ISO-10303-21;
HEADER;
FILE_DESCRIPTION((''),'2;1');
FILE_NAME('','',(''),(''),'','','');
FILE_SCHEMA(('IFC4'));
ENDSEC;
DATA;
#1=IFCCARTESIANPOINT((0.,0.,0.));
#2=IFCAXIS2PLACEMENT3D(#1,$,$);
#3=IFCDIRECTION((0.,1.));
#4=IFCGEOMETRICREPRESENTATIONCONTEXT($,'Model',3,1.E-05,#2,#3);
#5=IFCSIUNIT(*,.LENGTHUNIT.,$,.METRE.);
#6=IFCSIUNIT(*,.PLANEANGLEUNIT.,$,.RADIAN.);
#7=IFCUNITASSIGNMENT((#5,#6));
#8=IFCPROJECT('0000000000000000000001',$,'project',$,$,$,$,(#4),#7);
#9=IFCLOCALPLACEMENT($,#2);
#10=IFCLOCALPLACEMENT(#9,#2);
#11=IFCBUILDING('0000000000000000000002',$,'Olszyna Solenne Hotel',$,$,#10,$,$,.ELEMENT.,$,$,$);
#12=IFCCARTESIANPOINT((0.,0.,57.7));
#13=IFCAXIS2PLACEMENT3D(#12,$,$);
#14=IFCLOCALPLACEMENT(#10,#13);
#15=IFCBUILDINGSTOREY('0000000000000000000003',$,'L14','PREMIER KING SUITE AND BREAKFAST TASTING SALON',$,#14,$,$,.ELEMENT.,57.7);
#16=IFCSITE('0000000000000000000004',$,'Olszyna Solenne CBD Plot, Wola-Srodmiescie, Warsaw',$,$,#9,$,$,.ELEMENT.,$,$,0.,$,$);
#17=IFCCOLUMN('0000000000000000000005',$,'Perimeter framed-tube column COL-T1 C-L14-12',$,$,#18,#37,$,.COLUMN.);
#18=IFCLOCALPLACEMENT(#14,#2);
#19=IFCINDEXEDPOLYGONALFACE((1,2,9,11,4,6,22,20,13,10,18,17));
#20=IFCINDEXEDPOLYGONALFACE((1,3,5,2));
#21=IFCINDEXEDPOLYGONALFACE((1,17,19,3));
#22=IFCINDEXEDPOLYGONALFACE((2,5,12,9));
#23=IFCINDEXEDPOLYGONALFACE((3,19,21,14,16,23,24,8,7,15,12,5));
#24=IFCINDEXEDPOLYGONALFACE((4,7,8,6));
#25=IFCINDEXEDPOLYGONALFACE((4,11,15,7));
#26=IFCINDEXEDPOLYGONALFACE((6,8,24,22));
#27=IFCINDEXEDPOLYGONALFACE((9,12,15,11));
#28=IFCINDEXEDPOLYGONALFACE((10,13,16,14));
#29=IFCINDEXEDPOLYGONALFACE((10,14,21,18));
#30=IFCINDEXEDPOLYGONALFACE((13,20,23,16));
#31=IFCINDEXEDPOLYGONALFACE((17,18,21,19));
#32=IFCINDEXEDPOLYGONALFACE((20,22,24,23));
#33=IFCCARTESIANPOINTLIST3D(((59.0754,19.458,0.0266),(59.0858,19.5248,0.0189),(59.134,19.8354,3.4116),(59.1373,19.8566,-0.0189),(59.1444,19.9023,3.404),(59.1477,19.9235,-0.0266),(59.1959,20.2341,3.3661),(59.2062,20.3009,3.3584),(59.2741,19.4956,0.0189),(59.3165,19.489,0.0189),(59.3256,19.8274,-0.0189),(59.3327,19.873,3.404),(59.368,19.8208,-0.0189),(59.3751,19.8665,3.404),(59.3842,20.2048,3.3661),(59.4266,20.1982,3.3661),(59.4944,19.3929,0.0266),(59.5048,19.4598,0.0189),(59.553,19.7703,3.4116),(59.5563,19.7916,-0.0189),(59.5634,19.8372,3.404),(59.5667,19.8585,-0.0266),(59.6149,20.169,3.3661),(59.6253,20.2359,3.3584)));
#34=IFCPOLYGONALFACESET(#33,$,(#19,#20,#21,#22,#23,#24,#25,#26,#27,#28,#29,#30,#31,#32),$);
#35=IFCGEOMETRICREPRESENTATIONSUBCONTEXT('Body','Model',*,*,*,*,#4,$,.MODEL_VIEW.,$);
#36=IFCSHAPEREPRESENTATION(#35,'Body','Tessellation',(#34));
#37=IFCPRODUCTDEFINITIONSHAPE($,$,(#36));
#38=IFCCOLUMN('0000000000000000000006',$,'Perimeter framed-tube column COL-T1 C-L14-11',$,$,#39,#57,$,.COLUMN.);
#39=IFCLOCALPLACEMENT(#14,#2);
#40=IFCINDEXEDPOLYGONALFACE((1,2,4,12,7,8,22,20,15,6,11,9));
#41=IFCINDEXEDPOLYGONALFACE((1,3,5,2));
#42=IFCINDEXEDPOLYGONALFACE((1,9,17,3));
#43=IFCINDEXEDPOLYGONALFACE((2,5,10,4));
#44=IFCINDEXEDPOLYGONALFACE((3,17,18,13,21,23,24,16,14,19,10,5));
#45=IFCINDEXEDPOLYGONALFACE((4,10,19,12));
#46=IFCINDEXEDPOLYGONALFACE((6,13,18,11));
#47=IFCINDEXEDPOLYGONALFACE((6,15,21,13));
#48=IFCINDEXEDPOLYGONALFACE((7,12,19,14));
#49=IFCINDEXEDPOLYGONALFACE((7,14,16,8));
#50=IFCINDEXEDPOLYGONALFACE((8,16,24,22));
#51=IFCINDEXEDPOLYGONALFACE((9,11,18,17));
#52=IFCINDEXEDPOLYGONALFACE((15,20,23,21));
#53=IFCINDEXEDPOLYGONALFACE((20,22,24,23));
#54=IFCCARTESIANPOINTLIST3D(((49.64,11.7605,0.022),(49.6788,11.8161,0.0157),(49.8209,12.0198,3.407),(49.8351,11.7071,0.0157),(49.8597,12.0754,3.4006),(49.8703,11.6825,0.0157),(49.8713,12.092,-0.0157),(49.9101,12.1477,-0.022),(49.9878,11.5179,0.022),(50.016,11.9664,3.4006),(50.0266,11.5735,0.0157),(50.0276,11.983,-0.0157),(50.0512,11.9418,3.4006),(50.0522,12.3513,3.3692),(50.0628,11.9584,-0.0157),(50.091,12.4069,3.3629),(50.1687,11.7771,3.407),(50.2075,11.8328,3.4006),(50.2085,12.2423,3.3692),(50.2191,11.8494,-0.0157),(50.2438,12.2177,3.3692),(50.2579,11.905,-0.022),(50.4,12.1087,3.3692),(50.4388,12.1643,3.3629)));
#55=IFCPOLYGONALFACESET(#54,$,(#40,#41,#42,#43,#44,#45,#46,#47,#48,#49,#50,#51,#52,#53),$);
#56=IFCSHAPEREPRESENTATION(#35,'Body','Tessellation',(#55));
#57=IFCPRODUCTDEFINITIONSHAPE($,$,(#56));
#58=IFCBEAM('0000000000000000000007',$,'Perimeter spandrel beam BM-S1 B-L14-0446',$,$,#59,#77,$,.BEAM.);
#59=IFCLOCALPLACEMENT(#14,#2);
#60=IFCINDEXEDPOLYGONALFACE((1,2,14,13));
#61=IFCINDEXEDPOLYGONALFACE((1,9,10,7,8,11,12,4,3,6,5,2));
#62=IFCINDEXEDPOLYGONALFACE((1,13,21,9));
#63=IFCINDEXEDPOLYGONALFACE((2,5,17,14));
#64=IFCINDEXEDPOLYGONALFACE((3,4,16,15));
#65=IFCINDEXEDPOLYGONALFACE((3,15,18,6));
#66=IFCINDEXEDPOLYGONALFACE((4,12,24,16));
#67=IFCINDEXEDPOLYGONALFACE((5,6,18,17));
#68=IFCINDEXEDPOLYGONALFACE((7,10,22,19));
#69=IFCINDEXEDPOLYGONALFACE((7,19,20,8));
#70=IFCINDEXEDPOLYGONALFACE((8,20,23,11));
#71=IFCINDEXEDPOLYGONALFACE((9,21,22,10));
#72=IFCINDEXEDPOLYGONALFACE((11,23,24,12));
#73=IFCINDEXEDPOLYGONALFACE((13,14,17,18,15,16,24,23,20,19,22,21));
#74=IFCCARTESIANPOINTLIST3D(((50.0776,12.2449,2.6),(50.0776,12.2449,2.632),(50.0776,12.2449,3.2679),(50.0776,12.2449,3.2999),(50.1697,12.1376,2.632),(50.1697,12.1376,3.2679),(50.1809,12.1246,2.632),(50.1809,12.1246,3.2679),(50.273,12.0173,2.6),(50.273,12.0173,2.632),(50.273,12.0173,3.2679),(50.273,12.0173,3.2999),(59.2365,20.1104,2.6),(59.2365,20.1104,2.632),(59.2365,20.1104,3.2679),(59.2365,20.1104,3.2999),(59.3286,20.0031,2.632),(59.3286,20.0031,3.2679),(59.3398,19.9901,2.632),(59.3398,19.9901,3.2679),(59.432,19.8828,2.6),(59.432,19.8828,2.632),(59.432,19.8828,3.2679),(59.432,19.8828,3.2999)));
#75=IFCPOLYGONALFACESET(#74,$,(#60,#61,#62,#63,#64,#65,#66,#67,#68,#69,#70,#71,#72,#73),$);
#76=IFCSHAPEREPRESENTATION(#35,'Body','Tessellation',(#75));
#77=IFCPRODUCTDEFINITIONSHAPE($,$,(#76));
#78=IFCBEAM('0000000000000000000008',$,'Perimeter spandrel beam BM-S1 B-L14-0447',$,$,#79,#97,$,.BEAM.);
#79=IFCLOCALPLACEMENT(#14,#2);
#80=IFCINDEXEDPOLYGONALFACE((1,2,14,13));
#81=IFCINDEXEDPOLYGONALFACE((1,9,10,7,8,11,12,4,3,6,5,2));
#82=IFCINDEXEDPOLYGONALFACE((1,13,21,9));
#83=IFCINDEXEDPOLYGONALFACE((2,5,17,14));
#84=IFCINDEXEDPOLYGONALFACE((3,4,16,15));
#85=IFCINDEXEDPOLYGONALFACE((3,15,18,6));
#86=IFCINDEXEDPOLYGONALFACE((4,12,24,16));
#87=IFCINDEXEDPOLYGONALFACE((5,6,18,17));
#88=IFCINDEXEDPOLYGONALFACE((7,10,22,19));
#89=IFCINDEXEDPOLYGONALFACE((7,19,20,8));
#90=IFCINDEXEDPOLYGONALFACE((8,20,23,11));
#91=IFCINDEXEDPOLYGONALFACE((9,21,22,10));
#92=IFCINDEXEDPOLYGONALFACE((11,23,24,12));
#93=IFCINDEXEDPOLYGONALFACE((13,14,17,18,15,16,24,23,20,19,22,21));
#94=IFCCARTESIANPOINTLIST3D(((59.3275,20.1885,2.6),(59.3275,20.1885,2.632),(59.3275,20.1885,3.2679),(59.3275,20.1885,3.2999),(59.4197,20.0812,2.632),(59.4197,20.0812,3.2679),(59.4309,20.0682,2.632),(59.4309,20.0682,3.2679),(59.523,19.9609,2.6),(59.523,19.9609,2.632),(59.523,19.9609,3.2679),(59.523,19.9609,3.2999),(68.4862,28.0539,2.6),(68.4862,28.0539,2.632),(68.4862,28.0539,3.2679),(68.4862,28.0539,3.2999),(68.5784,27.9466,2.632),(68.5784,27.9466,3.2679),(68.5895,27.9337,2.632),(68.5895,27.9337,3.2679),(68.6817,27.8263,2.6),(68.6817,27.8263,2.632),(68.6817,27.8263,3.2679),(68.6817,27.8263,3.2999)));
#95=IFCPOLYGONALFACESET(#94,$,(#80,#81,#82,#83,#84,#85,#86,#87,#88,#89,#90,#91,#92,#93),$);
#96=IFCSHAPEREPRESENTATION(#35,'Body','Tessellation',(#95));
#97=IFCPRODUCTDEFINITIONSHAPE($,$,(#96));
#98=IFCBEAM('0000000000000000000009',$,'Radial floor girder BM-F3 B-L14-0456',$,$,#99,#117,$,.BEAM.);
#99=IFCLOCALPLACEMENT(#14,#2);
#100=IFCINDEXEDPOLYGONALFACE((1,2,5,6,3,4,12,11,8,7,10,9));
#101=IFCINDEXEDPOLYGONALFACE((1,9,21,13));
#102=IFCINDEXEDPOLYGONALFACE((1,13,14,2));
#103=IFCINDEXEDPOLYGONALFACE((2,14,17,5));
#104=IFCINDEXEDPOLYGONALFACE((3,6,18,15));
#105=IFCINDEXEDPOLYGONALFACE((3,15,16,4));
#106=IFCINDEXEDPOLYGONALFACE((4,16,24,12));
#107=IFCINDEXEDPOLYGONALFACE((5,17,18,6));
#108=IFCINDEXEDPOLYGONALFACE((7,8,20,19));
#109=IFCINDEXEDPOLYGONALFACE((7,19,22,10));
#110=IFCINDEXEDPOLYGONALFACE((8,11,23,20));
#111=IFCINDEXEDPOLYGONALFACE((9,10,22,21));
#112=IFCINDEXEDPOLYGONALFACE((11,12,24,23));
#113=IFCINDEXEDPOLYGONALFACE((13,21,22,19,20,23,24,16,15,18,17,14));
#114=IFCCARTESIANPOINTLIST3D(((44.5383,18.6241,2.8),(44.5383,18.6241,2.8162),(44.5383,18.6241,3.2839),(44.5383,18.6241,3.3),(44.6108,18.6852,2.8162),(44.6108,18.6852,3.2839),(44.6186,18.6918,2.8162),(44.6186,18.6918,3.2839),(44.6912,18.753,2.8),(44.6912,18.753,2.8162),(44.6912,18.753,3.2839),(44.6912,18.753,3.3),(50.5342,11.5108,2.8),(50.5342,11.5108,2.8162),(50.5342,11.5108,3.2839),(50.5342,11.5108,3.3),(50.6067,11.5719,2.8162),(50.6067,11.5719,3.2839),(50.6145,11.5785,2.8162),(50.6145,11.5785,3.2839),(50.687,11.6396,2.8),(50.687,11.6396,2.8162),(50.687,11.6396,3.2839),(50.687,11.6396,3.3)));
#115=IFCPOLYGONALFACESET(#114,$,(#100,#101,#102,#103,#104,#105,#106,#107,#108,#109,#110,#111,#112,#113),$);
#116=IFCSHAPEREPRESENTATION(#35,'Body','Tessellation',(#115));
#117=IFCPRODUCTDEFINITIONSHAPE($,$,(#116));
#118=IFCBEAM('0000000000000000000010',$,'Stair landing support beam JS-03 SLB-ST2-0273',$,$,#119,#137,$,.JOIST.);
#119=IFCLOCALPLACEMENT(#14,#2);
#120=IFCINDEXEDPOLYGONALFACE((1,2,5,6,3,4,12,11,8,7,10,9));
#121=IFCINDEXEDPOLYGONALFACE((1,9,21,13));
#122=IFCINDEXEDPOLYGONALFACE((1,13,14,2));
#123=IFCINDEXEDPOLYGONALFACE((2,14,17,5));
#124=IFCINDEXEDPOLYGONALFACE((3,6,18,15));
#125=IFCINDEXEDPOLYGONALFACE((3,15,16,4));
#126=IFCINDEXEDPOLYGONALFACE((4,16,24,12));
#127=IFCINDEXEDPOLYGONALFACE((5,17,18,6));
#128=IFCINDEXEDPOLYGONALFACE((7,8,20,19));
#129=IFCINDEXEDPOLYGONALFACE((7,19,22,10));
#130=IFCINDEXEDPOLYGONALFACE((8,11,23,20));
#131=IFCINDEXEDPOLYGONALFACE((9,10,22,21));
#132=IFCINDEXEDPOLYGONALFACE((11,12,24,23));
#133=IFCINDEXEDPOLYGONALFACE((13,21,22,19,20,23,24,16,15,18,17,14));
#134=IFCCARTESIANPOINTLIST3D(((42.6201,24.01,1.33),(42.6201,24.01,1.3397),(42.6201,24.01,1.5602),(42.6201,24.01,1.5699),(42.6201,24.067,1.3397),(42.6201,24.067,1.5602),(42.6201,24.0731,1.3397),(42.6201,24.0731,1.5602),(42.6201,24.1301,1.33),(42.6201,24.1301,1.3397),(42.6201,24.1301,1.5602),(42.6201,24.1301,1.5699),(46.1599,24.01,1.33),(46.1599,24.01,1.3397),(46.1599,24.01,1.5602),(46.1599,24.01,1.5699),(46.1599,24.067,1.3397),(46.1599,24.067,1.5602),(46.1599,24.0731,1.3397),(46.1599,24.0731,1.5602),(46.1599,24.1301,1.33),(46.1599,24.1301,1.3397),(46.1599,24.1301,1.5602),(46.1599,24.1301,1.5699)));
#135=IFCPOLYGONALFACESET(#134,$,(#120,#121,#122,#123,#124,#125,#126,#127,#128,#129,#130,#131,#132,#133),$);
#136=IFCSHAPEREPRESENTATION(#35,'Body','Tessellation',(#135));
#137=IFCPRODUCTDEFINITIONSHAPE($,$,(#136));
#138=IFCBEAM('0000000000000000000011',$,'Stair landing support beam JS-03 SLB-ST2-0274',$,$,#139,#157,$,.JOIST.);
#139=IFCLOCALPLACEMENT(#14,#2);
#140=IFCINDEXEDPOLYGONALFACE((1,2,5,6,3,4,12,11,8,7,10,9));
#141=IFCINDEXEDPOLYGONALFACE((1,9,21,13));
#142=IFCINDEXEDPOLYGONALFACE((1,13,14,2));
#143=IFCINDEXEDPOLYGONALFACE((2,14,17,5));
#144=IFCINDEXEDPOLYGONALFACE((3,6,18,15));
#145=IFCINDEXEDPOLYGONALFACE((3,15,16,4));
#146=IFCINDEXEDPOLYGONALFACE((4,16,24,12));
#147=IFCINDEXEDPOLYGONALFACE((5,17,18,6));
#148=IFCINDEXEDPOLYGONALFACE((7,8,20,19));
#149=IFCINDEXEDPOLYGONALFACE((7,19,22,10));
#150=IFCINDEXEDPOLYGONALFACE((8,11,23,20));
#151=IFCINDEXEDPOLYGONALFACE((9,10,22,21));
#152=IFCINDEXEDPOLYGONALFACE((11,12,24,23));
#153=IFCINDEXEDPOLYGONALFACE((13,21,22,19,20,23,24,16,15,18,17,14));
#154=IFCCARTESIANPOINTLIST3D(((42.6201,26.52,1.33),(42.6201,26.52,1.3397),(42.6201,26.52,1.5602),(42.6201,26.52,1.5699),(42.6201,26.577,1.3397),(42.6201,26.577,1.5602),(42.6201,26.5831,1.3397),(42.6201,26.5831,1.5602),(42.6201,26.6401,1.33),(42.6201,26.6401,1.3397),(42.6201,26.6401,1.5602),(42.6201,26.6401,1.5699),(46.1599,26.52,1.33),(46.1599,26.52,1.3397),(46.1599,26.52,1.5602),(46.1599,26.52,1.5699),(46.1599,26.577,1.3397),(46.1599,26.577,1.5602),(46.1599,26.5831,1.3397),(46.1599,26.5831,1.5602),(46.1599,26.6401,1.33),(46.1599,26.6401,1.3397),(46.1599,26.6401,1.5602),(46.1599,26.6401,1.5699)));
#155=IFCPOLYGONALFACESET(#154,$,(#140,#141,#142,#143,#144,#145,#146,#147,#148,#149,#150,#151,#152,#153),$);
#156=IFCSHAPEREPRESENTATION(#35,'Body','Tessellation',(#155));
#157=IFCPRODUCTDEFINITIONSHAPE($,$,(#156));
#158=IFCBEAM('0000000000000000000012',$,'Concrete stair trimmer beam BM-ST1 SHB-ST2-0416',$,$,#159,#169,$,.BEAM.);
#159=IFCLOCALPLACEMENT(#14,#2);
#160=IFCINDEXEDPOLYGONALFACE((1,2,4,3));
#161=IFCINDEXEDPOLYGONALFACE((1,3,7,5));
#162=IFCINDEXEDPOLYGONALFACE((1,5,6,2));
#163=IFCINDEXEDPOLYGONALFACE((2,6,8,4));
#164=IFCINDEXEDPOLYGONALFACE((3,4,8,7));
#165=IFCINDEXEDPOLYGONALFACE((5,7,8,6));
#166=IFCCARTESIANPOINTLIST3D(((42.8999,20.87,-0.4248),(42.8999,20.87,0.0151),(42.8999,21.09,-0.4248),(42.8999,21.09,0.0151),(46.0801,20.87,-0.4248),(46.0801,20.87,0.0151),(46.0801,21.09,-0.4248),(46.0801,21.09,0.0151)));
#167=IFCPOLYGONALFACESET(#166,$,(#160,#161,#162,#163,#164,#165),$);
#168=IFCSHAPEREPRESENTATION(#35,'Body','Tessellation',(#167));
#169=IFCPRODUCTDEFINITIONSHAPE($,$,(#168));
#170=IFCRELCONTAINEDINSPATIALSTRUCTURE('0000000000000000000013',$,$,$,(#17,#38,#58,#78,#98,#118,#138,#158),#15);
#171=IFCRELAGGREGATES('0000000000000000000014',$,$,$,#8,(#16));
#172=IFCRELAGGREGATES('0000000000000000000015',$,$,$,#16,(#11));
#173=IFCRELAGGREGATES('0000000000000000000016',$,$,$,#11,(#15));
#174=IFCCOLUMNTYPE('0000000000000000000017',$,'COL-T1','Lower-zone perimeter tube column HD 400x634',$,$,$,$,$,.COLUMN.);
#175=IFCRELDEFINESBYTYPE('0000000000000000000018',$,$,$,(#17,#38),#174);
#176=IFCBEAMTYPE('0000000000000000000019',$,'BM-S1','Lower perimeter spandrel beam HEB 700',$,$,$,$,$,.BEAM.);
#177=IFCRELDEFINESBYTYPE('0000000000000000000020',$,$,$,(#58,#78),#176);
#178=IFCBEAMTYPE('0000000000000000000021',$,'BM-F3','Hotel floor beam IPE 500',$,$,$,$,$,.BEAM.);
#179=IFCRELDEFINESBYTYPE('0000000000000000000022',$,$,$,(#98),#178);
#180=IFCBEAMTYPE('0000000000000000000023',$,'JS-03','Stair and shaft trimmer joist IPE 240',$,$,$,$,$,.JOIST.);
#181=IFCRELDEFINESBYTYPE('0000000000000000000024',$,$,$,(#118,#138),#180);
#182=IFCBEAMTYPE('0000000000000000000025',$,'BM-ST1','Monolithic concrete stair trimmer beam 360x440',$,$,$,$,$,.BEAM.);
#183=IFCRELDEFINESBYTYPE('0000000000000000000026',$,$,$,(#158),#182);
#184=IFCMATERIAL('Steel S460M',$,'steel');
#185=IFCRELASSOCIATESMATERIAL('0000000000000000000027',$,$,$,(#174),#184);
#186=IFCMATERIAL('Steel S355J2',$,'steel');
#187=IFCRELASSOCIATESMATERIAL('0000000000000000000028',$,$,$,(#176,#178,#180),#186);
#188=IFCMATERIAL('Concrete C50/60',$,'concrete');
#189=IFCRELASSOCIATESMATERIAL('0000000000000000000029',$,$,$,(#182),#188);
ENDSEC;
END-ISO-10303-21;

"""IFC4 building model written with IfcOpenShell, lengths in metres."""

from ifc_helpers import new_model, si_unit, direction, frame, origin, origin_2d, place, context, subcontext, project, spatial, rectangle, i_section, extrude, source, transform, mapped, material, material_profile, profile_set, type_object, element, save


model = new_model("IFC4")

# Units and contexts
model_context = context("Model", 3, precision=1e-05, world=origin(), true_north=direction((0.0, 1.0)))
body_context = subcontext(model_context, "Body", "Model", "MODEL_VIEW")
ifc_project = project(units=[si_unit("LENGTHUNIT", "METRE"), si_unit("PLANEANGLEUNIT", "RADIAN")], contexts=[model_context])

# Site, building, storey
site_placement = place(None, origin())
site = spatial("IfcSite", under=ifc_project, at=site_placement, Name="Olszyna Solenne CBD Plot, Wola-Srodmiescie, Warsaw", CompositionType="ELEMENT", RefElevation=0.0)
building_placement = place(site_placement, origin())
building = spatial("IfcBuilding", under=site, at=building_placement, Name="Olszyna Solenne Hotel", CompositionType="ELEMENT")
storey_placement = place(building_placement, frame((0.0, 0.0, 57.7)))
storey = spatial("IfcBuildingStorey", under=building, at=storey_placement, Name="L14", Description="PREMIER KING SUITE AND BREAKFAST TASTING SALON", CompositionType="ELEMENT", Elevation=57.7)

# Columns
ifc_material_1 = material(Name="Steel S460M", Category="steel")
ifc_material_profile_1 = material_profile(ifc_material_1, i_section(OverallWidth=0.4241, OverallDepth=0.4741, WebThickness=0.043, FlangeThickness=0.0681, at=origin_2d()), Name="HD 400x634", Category="load-bearing")
ifc_profile_set_1 = profile_set([ifc_material_profile_1], Name="Steel S460M")
column_type = type_object("IfcColumnType", Name="COL-T1", Description="Lower-zone perimeter tube column HD 400x634", PredefinedType="COLUMN", material=ifc_profile_set_1)
shared_shape_1 = source(origin(), body_context, "Body", "SweptSolid", [
    extrude(i_section(OverallWidth=0.4241, OverallDepth=0.4741, WebThickness=0.043, FlangeThickness=0.0681, at=origin_2d()), origin(), (0.0, 0.0, 1.0), 3.4065),
])
column_1_placement = place(storey_placement, frame((59.321, 19.6582, 0.0), z_axis=(0.017201, 0.110801, 0.993694), x_axis=(-0.988164, 0.153402, 0.0)))
element("IfcColumn", 1, at=column_1_placement, inside=storey, type_object=column_type, Name="Perimeter framed-tube column COL-T1 C-L14-12", PredefinedType="COLUMN", context=body_context, shape_type="MappedRepresentation", body=[
    mapped(shared_shape_1, transform((0.0, 0.0, 0.0), x_axis=(1.0, 0.0, 0.0), y_axis=(0.0, 1.0, 0.0), z_axis=(0.0, 0.0, 1.0), scale=1.0)),
])
shared_shape_2 = source(origin(), body_context, "Body", "SweptSolid", [
    extrude(i_section(OverallWidth=0.4241, OverallDepth=0.4741, WebThickness=0.043, FlangeThickness=0.0681, at=origin_2d()), origin(), (0.0, 0.0, 1.0), 3.3997),
])
column_2_placement = place(storey_placement, frame((49.949, 11.8328, 0.0), z_axis=(0.053212, 0.076264, 0.995667), x_axis=(-0.820102, 0.572218, 0.0)))
element("IfcColumn", 2, at=column_2_placement, inside=storey, type_object=column_type, Name="Perimeter framed-tube column COL-T1 C-L14-11", PredefinedType="COLUMN", context=body_context, shape_type="MappedRepresentation", body=[
    mapped(shared_shape_2, transform((0.0, 0.0, 0.0), x_axis=(1.0, 0.0, 0.0), y_axis=(0.0, 1.0, 0.0), z_axis=(0.0, 0.0, 1.0), scale=1.0)),
])

# Beams
ifc_material_2 = material(Name="Steel S355J2", Category="steel")
ifc_material_profile_2 = material_profile(ifc_material_2, i_section(OverallWidth=0.3, OverallDepth=0.7, WebThickness=0.0171, FlangeThickness=0.032, at=origin_2d()), Name="HEB 700", Category="load-bearing")
ifc_profile_set_2 = profile_set([ifc_material_profile_2], Name="Steel S355J2")
beam_type_1 = type_object("IfcBeamType", Name="BM-S1", Description="Lower perimeter spandrel beam HEB 700", PredefinedType="BEAM", material=ifc_profile_set_2)
shared_shape_3 = source(origin(), body_context, "Body", "SweptSolid", [
    extrude(i_section(OverallWidth=0.3, OverallDepth=0.7, WebThickness=0.0171, FlangeThickness=0.032, at=origin_2d()), origin(), (0.0, 0.0, 1.0), 12.0728),
])
beam_1_placement = place(storey_placement, frame((50.1753, 12.1311, 2.95), z_axis=(0.758644, 0.651506, 0.0), x_axis=(-0.651506, 0.758644, 0.0)))
element("IfcBeam", 3, at=beam_1_placement, inside=storey, type_object=beam_type_1, Name="Perimeter spandrel beam BM-S1 B-L14-0446", PredefinedType="BEAM", context=body_context, shape_type="MappedRepresentation", body=[
    mapped(shared_shape_3, transform((0.0, 0.0, 0.0), x_axis=(1.0, 0.0, 0.0), y_axis=(0.0, 1.0, 0.0), z_axis=(0.0, 0.0, 1.0), scale=1.0)),
])
shared_shape_4 = source(origin(), body_context, "Body", "SweptSolid", [
    extrude(i_section(OverallWidth=0.3, OverallDepth=0.7, WebThickness=0.0171, FlangeThickness=0.032, at=origin_2d()), origin(), (0.0, 0.0, 1.0), 12.0725),
])
beam_2_placement = place(storey_placement, frame((59.4253, 20.0747, 2.95), z_axis=(0.758635, 0.651516, 0.0), x_axis=(-0.651516, 0.758635, 0.0)))
element("IfcBeam", 4, at=beam_2_placement, inside=storey, type_object=beam_type_1, Name="Perimeter spandrel beam BM-S1 B-L14-0447", PredefinedType="BEAM", context=body_context, shape_type="MappedRepresentation", body=[
    mapped(shared_shape_4, transform((0.0, 0.0, 0.0), x_axis=(1.0, 0.0, 0.0), y_axis=(0.0, 1.0, 0.0), z_axis=(0.0, 0.0, 1.0), scale=1.0)),
])
ifc_material_profile_3 = material_profile(ifc_material_2, i_section(OverallWidth=0.2, OverallDepth=0.5, WebThickness=0.0103, FlangeThickness=0.0161, at=origin_2d()), Name="IPE 500", Category="load-bearing")
ifc_profile_set_3 = profile_set([ifc_material_profile_3], Name="Steel S355J2")
beam_type_2 = type_object("IfcBeamType", Name="BM-F3", Description="Hotel floor beam IPE 500", PredefinedType="BEAM", material=ifc_profile_set_3)
shared_shape_5 = source(origin(), body_context, "Body", "SweptSolid", [
    extrude(i_section(OverallWidth=0.2, OverallDepth=0.5, WebThickness=0.0103, FlangeThickness=0.0161, at=origin_2d()), origin(), (0.0, 0.0, 1.0), 9.3032),
])
beam_3_placement = place(storey_placement, frame((50.6106, 11.5752, 3.05), z_axis=(-0.644495, 0.764608, 0.0), x_axis=(-0.764608, -0.644495, 0.0)))
element("IfcBeam", 5, at=beam_3_placement, inside=storey, type_object=beam_type_2, Name="Radial floor girder BM-F3 B-L14-0456", PredefinedType="BEAM", context=body_context, shape_type="MappedRepresentation", body=[
    mapped(shared_shape_5, transform((0.0, 0.0, 0.0), x_axis=(1.0, 0.0, 0.0), y_axis=(0.0, 1.0, 0.0), z_axis=(0.0, 0.0, 1.0), scale=1.0)),
])
ifc_material_profile_4 = material_profile(ifc_material_2, i_section(OverallWidth=0.1201, OverallDepth=0.24, WebThickness=0.0061, FlangeThickness=0.0098, at=origin_2d()), Name="IPE 240", Category="load-bearing")
ifc_profile_set_4 = profile_set([ifc_material_profile_4], Name="Steel S355J2")
beam_type_3 = type_object("IfcBeamType", Name="JS-03", Description="Stair and shaft trimmer joist IPE 240", PredefinedType="JOIST", material=ifc_profile_set_4)
shared_shape_6 = source(origin(), body_context, "Body", "SweptSolid", [
    extrude(i_section(OverallWidth=0.1201, OverallDepth=0.24, WebThickness=0.0061, FlangeThickness=0.0098, at=origin_2d()), origin(), (0.0, 0.0, 1.0), 3.5398),
])
for number, where, z_axis, x_axis, name in (
    (6, (46.1599, 24.0701, 1.45), (-1.0, 0.0, 0.0), (0.0, -1.0, 0.0), "Stair landing support beam JS-03 SLB-ST2-0273"),
    (7, (46.1599, 26.5801, 1.45), (-1.0, 0.0, 0.0), (0.0, -1.0, 0.0), "Stair landing support beam JS-03 SLB-ST2-0274"),
):
    element("IfcBeam", number, at=place(storey_placement, frame(where, z_axis=z_axis, x_axis=x_axis)), inside=storey, type_object=beam_type_3, Name=name, PredefinedType="JOIST", context=body_context, shape_type="MappedRepresentation", body=[
        mapped(shared_shape_6, transform((0.0, 0.0, 0.0), x_axis=(1.0, 0.0, 0.0), y_axis=(0.0, 1.0, 0.0), z_axis=(0.0, 0.0, 1.0), scale=1.0)),
    ])
ifc_material_3 = material(Name="Concrete C50/60", Category="concrete")
ifc_material_profile_5 = material_profile(ifc_material_3, rectangle(XDim=0.22, YDim=0.4399, at=origin_2d()), Name="RC 220x440", Category="load-bearing")
ifc_profile_set_5 = profile_set([ifc_material_profile_5], Name="Concrete C50/60")
beam_type_4 = type_object("IfcBeamType", Name="BM-ST1", Description="Monolithic concrete stair trimmer beam 360x440", PredefinedType="BEAM", material=ifc_profile_set_5)
shared_shape_7 = source(origin(), body_context, "Body", "SweptSolid", [
    extrude(rectangle(XDim=0.22, YDim=0.4399, at=origin_2d()), origin(), (0.0, 0.0, 1.0), 3.1802),
])
beam_4_placement = place(storey_placement, frame((46.0801, 20.98, -0.2048), z_axis=(-1.0, 0.0, 0.0), x_axis=(0.0, -1.0, 0.0)))
element("IfcBeam", 8, at=beam_4_placement, inside=storey, type_object=beam_type_4, Name="Concrete stair trimmer beam BM-ST1 SHB-ST2-0416", PredefinedType="BEAM", context=body_context, shape_type="MappedRepresentation", body=[
    mapped(shared_shape_7, transform((0.0, 0.0, 0.0), x_axis=(1.0, 0.0, 0.0), y_axis=(0.0, 1.0, 0.0), z_axis=(0.0, 0.0, 1.0), scale=1.0)),
])

save(model, "model.ifc")
